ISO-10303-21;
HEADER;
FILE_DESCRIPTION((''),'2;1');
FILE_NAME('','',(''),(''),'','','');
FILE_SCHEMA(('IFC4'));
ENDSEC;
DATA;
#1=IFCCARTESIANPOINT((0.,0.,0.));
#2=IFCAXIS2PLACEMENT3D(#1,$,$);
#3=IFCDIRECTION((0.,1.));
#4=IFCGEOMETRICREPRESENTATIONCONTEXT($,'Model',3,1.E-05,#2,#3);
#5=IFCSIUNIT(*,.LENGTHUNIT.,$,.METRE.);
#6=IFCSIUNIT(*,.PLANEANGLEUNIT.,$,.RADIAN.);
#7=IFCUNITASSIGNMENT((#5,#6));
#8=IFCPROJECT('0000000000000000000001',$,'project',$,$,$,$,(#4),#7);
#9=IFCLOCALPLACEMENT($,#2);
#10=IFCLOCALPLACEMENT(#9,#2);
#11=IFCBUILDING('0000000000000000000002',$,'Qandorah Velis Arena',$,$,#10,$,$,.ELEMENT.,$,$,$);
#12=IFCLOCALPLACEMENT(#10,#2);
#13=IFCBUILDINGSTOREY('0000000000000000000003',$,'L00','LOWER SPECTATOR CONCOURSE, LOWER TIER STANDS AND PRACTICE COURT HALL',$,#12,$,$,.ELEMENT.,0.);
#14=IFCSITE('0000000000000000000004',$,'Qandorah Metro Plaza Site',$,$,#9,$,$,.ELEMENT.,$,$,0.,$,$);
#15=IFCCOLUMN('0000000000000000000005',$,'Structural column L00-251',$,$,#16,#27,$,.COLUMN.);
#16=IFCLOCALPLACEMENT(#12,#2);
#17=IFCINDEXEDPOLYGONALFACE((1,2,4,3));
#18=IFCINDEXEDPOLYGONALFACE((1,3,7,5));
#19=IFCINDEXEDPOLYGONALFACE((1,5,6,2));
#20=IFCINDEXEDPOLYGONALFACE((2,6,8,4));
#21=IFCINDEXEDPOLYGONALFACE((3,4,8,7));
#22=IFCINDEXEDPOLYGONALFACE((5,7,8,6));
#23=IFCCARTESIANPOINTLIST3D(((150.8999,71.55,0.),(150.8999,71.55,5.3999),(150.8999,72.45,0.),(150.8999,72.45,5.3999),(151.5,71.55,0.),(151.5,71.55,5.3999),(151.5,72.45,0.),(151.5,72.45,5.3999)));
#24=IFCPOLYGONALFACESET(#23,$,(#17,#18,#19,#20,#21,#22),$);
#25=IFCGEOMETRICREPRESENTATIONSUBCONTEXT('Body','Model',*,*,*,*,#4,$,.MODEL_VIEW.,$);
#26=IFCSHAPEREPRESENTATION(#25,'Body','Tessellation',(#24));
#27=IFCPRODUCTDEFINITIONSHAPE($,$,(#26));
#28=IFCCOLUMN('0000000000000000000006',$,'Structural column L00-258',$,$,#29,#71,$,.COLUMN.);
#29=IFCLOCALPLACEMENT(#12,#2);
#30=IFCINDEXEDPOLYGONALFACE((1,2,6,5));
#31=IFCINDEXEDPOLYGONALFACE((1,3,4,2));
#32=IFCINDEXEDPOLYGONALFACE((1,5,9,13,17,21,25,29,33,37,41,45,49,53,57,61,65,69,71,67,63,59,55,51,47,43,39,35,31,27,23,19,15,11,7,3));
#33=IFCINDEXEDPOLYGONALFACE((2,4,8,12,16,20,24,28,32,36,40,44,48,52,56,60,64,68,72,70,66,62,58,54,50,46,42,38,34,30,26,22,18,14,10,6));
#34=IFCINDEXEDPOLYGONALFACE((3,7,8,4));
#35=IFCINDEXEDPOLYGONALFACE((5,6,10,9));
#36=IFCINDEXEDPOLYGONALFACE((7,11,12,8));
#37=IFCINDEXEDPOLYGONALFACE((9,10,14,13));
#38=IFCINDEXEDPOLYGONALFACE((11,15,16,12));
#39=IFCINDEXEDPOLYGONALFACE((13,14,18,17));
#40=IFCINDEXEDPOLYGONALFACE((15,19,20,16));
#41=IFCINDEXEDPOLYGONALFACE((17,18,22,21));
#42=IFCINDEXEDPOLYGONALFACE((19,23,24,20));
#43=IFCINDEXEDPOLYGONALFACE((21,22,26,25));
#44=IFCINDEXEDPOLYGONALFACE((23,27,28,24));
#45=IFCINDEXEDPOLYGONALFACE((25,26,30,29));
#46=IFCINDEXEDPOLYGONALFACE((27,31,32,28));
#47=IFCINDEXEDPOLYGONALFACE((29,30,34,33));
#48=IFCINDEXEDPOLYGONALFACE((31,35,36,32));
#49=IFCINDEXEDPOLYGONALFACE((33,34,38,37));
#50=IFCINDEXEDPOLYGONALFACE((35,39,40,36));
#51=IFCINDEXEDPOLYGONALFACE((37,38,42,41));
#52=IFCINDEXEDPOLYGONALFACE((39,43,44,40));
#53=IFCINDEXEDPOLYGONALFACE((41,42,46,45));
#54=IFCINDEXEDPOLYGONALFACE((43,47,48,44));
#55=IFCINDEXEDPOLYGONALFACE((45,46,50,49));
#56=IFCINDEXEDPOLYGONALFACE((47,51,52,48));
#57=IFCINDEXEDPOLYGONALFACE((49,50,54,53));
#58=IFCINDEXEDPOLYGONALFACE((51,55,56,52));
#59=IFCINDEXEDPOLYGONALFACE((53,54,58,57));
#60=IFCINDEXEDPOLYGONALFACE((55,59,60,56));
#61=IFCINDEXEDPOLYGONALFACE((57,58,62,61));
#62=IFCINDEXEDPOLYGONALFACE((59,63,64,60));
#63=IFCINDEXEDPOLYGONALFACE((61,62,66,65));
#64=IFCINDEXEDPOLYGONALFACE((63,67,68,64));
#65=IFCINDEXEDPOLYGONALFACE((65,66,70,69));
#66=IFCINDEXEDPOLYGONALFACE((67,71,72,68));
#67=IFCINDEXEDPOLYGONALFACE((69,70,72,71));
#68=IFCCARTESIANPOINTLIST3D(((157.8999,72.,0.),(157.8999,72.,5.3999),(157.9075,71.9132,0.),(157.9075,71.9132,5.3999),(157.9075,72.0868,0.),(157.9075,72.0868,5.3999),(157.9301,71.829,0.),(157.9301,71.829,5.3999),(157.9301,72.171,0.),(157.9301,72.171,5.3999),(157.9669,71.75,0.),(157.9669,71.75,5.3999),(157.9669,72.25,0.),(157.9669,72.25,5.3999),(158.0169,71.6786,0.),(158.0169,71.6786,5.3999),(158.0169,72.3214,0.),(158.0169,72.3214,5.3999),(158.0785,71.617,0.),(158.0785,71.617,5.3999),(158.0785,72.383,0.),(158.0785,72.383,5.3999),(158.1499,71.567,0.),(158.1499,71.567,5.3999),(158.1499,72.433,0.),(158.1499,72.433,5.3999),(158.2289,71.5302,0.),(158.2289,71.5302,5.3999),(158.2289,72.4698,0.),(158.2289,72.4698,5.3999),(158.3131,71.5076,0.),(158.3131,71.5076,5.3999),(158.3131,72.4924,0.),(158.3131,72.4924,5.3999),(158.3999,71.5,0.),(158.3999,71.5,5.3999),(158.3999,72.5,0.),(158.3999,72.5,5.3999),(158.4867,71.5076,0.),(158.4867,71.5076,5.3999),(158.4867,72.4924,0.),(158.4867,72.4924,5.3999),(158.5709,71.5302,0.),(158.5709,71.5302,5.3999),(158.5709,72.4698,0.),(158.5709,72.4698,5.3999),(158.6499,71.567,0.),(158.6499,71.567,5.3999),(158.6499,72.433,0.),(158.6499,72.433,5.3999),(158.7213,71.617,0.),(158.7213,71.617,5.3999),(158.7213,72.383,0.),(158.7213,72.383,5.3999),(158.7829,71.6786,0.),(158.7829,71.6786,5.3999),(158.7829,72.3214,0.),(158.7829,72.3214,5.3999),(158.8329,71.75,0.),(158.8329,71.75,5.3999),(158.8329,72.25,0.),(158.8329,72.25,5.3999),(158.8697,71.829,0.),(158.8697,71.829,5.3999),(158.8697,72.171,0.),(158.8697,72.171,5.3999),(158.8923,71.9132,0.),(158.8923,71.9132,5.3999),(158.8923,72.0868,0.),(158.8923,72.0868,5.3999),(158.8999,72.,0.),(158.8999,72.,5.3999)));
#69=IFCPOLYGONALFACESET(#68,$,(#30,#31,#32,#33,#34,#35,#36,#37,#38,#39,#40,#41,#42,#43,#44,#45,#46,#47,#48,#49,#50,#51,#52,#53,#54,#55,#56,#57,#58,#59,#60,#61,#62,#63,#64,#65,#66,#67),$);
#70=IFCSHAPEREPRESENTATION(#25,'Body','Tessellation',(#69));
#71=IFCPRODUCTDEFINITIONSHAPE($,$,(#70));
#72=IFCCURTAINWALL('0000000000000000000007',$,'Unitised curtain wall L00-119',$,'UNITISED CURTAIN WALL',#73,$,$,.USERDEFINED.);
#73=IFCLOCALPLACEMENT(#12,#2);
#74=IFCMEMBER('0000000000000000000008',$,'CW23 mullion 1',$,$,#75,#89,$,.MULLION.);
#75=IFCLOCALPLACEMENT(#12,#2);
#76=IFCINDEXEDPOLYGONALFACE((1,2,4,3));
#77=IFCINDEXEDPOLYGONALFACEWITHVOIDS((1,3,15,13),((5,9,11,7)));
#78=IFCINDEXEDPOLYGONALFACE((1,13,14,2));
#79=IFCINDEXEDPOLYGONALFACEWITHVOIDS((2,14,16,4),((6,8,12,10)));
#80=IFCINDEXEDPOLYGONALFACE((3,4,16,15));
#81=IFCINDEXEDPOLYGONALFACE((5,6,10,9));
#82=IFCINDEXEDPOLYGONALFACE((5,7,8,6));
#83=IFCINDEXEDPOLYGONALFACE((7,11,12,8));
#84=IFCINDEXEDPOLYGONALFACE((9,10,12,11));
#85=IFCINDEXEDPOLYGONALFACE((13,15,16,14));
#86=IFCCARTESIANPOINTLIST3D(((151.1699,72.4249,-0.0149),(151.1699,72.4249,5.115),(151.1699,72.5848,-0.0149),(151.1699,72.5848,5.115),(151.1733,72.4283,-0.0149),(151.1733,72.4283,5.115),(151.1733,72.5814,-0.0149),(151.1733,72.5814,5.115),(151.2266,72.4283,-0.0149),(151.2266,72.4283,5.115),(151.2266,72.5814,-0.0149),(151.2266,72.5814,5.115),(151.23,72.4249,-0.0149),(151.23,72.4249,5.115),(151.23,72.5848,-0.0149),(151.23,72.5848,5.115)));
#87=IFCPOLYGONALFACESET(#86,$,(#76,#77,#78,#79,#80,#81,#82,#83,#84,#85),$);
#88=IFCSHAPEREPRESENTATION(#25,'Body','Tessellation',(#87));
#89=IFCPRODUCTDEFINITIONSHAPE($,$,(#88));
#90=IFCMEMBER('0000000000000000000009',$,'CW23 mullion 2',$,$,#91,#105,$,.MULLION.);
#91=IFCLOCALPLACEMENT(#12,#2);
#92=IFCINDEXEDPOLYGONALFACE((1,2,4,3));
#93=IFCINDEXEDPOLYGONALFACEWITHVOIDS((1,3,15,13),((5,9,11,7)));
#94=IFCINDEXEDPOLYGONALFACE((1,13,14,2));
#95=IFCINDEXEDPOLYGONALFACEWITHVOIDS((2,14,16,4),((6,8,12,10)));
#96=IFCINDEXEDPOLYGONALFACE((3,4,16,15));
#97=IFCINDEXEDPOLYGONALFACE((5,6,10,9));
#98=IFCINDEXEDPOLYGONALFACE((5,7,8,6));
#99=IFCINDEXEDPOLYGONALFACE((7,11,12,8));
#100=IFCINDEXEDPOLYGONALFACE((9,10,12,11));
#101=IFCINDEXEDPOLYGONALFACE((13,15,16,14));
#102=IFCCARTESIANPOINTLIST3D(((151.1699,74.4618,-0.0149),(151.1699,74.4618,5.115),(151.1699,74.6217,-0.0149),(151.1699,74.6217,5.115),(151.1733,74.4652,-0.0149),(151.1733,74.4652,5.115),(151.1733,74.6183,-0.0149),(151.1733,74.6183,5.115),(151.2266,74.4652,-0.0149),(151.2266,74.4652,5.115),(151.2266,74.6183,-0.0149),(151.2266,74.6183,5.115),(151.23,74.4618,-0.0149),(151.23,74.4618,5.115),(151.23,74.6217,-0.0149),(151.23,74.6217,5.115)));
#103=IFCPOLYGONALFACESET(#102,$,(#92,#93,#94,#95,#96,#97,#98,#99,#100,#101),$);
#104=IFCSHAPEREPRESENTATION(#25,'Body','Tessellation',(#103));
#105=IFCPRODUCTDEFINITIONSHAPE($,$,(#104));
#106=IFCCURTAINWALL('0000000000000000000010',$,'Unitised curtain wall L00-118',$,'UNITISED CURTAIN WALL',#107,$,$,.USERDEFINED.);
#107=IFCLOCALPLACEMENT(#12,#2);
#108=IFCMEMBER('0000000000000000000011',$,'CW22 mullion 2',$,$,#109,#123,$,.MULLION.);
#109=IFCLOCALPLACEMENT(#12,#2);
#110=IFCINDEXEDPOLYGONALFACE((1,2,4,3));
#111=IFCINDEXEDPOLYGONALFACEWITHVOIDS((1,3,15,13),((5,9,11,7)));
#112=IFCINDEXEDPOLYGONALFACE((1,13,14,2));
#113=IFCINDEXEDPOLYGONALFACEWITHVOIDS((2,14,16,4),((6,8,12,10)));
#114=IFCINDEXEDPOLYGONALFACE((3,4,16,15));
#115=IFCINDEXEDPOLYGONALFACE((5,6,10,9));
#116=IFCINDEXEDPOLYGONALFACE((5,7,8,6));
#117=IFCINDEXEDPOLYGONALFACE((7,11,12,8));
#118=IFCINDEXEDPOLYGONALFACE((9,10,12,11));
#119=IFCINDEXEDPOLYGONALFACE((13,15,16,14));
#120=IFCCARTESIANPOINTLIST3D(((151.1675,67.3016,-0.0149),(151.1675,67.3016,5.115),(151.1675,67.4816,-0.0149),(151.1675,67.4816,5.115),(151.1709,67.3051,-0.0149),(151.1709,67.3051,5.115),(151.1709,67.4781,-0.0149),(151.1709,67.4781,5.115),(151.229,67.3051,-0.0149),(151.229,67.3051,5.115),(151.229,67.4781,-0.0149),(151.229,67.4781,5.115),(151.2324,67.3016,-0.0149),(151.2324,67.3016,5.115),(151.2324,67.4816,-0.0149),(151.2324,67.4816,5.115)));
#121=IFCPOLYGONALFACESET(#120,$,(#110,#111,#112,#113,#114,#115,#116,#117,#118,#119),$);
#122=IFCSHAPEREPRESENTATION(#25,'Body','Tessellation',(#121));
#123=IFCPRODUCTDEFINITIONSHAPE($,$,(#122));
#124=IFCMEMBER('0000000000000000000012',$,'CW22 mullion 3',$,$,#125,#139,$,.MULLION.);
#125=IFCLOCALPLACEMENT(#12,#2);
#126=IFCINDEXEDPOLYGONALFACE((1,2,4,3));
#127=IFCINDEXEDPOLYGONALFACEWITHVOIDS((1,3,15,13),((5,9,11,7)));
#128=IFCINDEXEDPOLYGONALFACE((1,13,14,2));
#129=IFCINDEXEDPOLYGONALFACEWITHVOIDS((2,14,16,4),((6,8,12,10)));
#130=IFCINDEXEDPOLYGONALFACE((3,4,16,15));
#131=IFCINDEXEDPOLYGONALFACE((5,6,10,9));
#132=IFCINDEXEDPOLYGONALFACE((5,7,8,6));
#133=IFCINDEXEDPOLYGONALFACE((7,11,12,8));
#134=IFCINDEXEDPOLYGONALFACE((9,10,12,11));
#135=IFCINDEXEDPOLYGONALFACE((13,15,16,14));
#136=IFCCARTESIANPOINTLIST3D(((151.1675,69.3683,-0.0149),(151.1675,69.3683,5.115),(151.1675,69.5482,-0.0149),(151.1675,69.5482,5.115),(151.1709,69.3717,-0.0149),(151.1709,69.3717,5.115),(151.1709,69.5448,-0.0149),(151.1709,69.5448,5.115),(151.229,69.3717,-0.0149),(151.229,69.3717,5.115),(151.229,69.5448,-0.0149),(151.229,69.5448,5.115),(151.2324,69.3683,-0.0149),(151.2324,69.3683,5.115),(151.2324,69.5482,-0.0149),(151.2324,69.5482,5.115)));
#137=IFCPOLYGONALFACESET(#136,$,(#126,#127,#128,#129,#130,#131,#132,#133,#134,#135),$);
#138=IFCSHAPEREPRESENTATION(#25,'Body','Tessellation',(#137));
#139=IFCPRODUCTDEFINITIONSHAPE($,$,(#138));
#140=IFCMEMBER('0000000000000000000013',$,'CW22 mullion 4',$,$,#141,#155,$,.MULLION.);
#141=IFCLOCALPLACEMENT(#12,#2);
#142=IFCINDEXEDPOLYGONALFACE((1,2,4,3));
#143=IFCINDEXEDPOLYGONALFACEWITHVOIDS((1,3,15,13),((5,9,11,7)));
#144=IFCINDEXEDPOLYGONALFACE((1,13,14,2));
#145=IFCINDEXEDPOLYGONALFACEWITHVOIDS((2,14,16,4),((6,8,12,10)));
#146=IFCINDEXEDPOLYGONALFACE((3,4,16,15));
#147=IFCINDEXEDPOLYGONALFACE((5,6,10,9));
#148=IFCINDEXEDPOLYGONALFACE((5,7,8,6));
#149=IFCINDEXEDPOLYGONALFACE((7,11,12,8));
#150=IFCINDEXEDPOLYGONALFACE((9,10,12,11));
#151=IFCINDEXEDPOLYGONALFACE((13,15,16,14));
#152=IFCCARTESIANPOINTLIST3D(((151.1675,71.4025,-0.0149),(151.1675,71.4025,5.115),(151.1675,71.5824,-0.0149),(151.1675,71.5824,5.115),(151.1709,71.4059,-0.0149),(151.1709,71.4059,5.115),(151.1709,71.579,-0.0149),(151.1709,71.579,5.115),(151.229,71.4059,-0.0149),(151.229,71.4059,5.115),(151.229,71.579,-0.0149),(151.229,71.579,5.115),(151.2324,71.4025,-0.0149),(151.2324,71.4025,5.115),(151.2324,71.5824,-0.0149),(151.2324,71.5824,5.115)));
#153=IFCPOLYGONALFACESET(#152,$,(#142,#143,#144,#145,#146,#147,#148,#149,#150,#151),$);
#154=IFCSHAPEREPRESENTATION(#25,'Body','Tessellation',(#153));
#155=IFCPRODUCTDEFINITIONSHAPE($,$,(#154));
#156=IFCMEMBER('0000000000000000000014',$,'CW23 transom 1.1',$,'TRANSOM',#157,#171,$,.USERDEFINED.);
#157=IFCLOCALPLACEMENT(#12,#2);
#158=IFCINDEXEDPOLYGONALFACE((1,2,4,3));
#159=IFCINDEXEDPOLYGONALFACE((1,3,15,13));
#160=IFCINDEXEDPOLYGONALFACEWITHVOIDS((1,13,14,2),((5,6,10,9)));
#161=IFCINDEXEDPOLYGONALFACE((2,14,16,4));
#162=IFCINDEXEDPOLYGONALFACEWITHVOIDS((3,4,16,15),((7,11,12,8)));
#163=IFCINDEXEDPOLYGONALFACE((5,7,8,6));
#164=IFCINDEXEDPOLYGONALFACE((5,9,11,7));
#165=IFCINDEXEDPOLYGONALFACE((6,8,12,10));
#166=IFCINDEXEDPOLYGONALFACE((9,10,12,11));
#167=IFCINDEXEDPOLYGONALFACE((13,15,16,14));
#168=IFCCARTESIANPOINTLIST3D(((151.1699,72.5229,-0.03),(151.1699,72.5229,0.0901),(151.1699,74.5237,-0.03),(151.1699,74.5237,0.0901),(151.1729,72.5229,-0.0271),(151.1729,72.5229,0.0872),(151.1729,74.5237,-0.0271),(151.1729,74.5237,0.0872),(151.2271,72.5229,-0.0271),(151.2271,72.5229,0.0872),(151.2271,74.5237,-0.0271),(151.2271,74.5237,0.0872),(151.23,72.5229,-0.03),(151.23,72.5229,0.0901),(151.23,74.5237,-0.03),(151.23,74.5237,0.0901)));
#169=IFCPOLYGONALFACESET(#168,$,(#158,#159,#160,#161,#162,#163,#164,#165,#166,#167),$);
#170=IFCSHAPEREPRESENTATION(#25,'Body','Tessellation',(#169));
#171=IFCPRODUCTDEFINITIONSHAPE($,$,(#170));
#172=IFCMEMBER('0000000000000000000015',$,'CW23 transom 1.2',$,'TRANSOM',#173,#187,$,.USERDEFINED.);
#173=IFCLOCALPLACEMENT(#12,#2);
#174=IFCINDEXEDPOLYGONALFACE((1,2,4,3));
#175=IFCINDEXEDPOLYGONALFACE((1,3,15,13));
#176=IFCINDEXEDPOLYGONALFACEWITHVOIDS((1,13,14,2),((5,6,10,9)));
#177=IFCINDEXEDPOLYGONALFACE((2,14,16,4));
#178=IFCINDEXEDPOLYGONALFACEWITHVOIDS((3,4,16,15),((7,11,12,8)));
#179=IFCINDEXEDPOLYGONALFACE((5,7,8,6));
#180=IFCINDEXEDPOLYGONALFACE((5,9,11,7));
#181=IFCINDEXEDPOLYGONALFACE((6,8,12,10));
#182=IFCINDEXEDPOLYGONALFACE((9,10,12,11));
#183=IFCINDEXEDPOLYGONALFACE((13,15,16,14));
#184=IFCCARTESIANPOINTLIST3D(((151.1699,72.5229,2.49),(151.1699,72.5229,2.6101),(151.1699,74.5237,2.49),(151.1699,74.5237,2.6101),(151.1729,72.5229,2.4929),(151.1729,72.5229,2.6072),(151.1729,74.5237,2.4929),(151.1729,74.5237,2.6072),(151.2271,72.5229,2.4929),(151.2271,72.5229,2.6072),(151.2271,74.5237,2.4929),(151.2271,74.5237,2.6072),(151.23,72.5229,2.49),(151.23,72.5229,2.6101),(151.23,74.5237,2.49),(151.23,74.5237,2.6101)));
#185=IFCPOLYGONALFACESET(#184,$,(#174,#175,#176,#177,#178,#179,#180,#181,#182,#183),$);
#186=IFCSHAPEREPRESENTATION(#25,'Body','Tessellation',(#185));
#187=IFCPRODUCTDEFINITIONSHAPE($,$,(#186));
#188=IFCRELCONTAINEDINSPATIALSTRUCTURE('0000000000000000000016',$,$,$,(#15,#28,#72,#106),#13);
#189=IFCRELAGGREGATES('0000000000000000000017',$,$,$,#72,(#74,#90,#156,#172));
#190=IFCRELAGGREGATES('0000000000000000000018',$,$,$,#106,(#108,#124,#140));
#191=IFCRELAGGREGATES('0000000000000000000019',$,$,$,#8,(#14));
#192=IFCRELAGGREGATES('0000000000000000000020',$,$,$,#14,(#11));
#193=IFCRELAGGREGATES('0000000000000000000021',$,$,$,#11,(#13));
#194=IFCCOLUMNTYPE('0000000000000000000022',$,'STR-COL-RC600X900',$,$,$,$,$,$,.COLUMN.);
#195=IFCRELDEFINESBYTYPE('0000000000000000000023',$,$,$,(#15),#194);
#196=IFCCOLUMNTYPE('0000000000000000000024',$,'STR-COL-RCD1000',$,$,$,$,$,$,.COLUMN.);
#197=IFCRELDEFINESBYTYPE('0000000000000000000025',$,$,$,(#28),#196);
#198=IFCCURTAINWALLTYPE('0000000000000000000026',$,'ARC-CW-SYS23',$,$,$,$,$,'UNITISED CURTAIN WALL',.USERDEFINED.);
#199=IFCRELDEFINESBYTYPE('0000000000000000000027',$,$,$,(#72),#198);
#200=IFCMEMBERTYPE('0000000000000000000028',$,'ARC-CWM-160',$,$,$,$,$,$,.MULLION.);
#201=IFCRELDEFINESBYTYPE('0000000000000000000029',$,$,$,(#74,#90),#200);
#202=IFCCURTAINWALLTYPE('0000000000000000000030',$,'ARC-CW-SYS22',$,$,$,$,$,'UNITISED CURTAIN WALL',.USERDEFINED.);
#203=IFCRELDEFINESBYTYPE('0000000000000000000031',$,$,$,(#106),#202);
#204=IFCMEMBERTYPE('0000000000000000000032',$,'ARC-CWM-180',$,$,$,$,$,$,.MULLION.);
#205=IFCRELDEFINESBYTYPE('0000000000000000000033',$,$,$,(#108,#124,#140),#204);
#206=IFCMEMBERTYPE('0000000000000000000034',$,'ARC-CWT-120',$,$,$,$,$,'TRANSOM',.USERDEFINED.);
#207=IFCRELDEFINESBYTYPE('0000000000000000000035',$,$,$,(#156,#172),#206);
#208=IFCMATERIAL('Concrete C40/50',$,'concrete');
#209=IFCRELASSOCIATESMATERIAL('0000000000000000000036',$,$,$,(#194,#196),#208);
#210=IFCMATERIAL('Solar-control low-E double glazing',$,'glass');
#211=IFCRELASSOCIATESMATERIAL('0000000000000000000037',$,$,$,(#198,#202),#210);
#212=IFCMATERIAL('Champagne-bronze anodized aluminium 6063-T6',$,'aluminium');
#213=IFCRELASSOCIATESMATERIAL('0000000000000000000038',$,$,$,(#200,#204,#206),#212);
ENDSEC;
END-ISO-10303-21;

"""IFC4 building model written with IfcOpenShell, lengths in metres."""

from ifc_helpers import new_model, si_unit, direction, frame, origin, origin_2d, place, context, subcontext, project, spatial, rectangle, hollow_rectangle, circle, extrude, material, material_profile, profile_set, type_object, element, aggregate, save


model = new_model("IFC4")

# Units and contexts
model_context = context("Model", 3, precision=1e-05, world=origin(), true_north=direction((0.0, 1.0)))
body_context = subcontext(model_context, "Body", "Model", "MODEL_VIEW")
ifc_project = project(units=[si_unit("LENGTHUNIT", "METRE"), si_unit("PLANEANGLEUNIT", "RADIAN")], contexts=[model_context])

# Site, building, storey
site_placement = place(None, origin())
site = spatial("IfcSite", under=ifc_project, at=site_placement, Name="Qandorah Metro Plaza Site", CompositionType="ELEMENT", RefElevation=0.0)
building_placement = place(site_placement, origin())
building = spatial("IfcBuilding", under=site, at=building_placement, Name="Qandorah Velis Arena", CompositionType="ELEMENT")
storey_placement = place(building_placement, origin())
storey = spatial("IfcBuildingStorey", under=building, at=storey_placement, Name="L00", Description="LOWER SPECTATOR CONCOURSE, LOWER TIER STANDS AND PRACTICE COURT HALL", CompositionType="ELEMENT", Elevation=0.0)

# Columns
ifc_material_1 = material(Name="Concrete C40/50", Category="concrete")
ifc_material_profile_1 = material_profile(ifc_material_1, rectangle(XDim=0.6001, YDim=0.8999, at=origin_2d()), Name="RC COL 600x900")
ifc_profile_set_1 = profile_set([ifc_material_profile_1], Name="Concrete C40/50")
column_type_1 = type_object("IfcColumnType", Name="STR-COL-RC600X900", PredefinedType="COLUMN", material=ifc_profile_set_1)
column_1_placement = place(storey_placement, frame((151.2, 72.0, 0.0), z_axis=(0.0, 0.0, 1.0), x_axis=(1.0, 0.0, 0.0)))
element("IfcColumn", 1, at=column_1_placement, inside=storey, type_object=column_type_1, Name="Structural column L00-251", PredefinedType="COLUMN", context=body_context, shape_type="SweptSolid", body=[
    extrude(rectangle(XDim=0.6001, YDim=0.8999, at=origin_2d()), origin(), (0.0, 0.0, 1.0), 5.3999),
])
ifc_material_profile_2 = material_profile(ifc_material_1, circle(Radius=0.5, at=origin_2d()), Name="RC D1000")
ifc_profile_set_2 = profile_set([ifc_material_profile_2], Name="Concrete C40/50")
column_type_2 = type_object("IfcColumnType", Name="STR-COL-RCD1000", PredefinedType="COLUMN", material=ifc_profile_set_2)
column_2_placement = place(storey_placement, frame((158.3999, 72.0, 0.0), z_axis=(0.0, 0.0, 1.0), x_axis=(1.0, 0.0, 0.0)))
element("IfcColumn", 2, at=column_2_placement, inside=storey, type_object=column_type_2, Name="Structural column L00-258", PredefinedType="COLUMN", context=body_context, shape_type="SweptSolid", body=[
    extrude(circle(Radius=0.5, at=origin_2d()), origin(), (0.0, 0.0, 1.0), 5.3999),
])

# Curtain walls, members
ifc_material_2 = material(Name="Solar-control low-E double glazing", Category="glass")
curtain_wall_type_1 = type_object("IfcCurtainWallType", Name="ARC-CW-SYS23", ElementType="UNITISED CURTAIN WALL", PredefinedType="USERDEFINED", material=ifc_material_2)
curtain_wall_1_placement = place(storey_placement, origin())
curtain_wall_1 = element("IfcCurtainWall", 3, at=curtain_wall_1_placement, inside=storey, type_object=curtain_wall_type_1, Name="Unitised curtain wall L00-119", ObjectType="UNITISED CURTAIN WALL", PredefinedType="USERDEFINED")
ifc_material_3 = material(Name="Champagne-bronze anodized aluminium 6063-T6", Category="aluminium")
ifc_material_profile_3 = material_profile(ifc_material_3, hollow_rectangle(XDim=0.0601, YDim=0.1599, WallThickness=0.0034, at=origin_2d()), Name="ALU MULLION 60x160")
ifc_profile_set_3 = profile_set([ifc_material_profile_3], Name="Champagne-bronze anodized aluminium 6063-T6")
member_type_1 = type_object("IfcMemberType", Name="ARC-CWM-160", PredefinedType="MULLION", material=ifc_profile_set_3)
member_1_placement = place(storey_placement, frame((151.2, 72.5049, -0.0149), z_axis=(0.0, 0.0, 1.0), x_axis=(-1.0, 0.0, 0.0)))
member_1 = element("IfcMember", 4, at=member_1_placement, type_object=member_type_1, Name="CW23 mullion 1", PredefinedType="MULLION", context=body_context, shape_type="SweptSolid", body=[
    extrude(hollow_rectangle(XDim=0.0601, YDim=0.1599, WallThickness=0.0034, at=origin_2d()), origin(), (0.0, 0.0, 1.0), 5.1299),
])
member_2_placement = place(storey_placement, frame((151.2, 74.5417, -0.0149), z_axis=(0.0, 0.0, 1.0), x_axis=(-1.0, 0.0, 0.0)))
member_2 = element("IfcMember", 5, at=member_2_placement, type_object=member_type_1, Name="CW23 mullion 2", PredefinedType="MULLION", context=body_context, shape_type="SweptSolid", body=[
    extrude(hollow_rectangle(XDim=0.0601, YDim=0.1599, WallThickness=0.0034, at=origin_2d()), origin(), (0.0, 0.0, 1.0), 5.1299),
])
curtain_wall_type_2 = type_object("IfcCurtainWallType", Name="ARC-CW-SYS22", ElementType="UNITISED CURTAIN WALL", PredefinedType="USERDEFINED", material=ifc_material_2)
curtain_wall_2_placement = place(storey_placement, origin())
curtain_wall_2 = element("IfcCurtainWall", 6, at=curtain_wall_2_placement, inside=storey, type_object=curtain_wall_type_2, Name="Unitised curtain wall L00-118", ObjectType="UNITISED CURTAIN WALL", PredefinedType="USERDEFINED")
ifc_material_profile_4 = material_profile(ifc_material_3, hollow_rectangle(XDim=0.0649, YDim=0.1799, WallThickness=0.0034, at=origin_2d()), Name="ALU MULLION 65x180")
ifc_profile_set_4 = profile_set([ifc_material_profile_4], Name="Champagne-bronze anodized aluminium 6063-T6")
member_type_2 = type_object("IfcMemberType", Name="ARC-CWM-180", PredefinedType="MULLION", material=ifc_profile_set_4)
member_3_placement = place(storey_placement, frame((151.2, 67.3916, -0.0149), z_axis=(0.0, 0.0, 1.0), x_axis=(-1.0, 0.0, 0.0)))
member_3 = element("IfcMember", 7, at=member_3_placement, type_object=member_type_2, Name="CW22 mullion 2", PredefinedType="MULLION", context=body_context, shape_type="SweptSolid", body=[
    extrude(hollow_rectangle(XDim=0.0649, YDim=0.1799, WallThickness=0.0034, at=origin_2d()), origin(), (0.0, 0.0, 1.0), 5.1299),
])
member_4_placement = place(storey_placement, frame((151.2, 69.4583, -0.0149), z_axis=(0.0, 0.0, 1.0), x_axis=(-1.0, 0.0, 0.0)))
member_4 = element("IfcMember", 8, at=member_4_placement, type_object=member_type_2, Name="CW22 mullion 3", PredefinedType="MULLION", context=body_context, shape_type="SweptSolid", body=[
    extrude(hollow_rectangle(XDim=0.0649, YDim=0.1799, WallThickness=0.0034, at=origin_2d()), origin(), (0.0, 0.0, 1.0), 5.1299),
])
member_5_placement = place(storey_placement, frame((151.2, 71.4924, -0.0149), z_axis=(0.0, 0.0, 1.0), x_axis=(-1.0, 0.0, 0.0)))
member_5 = element("IfcMember", 9, at=member_5_placement, type_object=member_type_2, Name="CW22 mullion 4", PredefinedType="MULLION", context=body_context, shape_type="SweptSolid", body=[
    extrude(hollow_rectangle(XDim=0.0649, YDim=0.1799, WallThickness=0.0034, at=origin_2d()), origin(), (0.0, 0.0, 1.0), 5.1299),
])

# Members
ifc_material_profile_5 = material_profile(ifc_material_3, hollow_rectangle(XDim=0.0601, YDim=0.1201, WallThickness=0.0029, at=origin_2d()), Name="ALU TRANSOM 60x120")
ifc_profile_set_5 = profile_set([ifc_material_profile_5], Name="Champagne-bronze anodized aluminium 6063-T6")
member_type_3 = type_object("IfcMemberType", Name="ARC-CWT-120", ElementType="TRANSOM", PredefinedType="USERDEFINED", material=ifc_profile_set_5)
member_6_placement = place(storey_placement, frame((151.2, 72.5229, 0.03), z_axis=(0.0, 1.0, 0.0), x_axis=(-1.0, 0.0, 0.0)))
member_6 = element("IfcMember", 10, at=member_6_placement, type_object=member_type_3, Name="CW23 transom 1.1", ObjectType="TRANSOM", PredefinedType="USERDEFINED", context=body_context, shape_type="SweptSolid", body=[
    extrude(hollow_rectangle(XDim=0.0601, YDim=0.1201, WallThickness=0.0029, at=origin_2d()), origin(), (0.0, 0.0, 1.0), 2.0007),
])
member_7_placement = place(storey_placement, frame((151.2, 72.5229, 2.55), z_axis=(0.0, 1.0, 0.0), x_axis=(-1.0, 0.0, 0.0)))
member_7 = element("IfcMember", 11, at=member_7_placement, type_object=member_type_3, Name="CW23 transom 1.2", ObjectType="TRANSOM", PredefinedType="USERDEFINED", context=body_context, shape_type="SweptSolid", body=[
    extrude(hollow_rectangle(XDim=0.0601, YDim=0.1201, WallThickness=0.0029, at=origin_2d()), origin(), (0.0, 0.0, 1.0), 2.0007),
])

aggregate(curtain_wall_1, [member_1, member_2, member_6, member_7])
aggregate(curtain_wall_2, [member_3, member_4, member_5])

save(model, "model.ifc")
